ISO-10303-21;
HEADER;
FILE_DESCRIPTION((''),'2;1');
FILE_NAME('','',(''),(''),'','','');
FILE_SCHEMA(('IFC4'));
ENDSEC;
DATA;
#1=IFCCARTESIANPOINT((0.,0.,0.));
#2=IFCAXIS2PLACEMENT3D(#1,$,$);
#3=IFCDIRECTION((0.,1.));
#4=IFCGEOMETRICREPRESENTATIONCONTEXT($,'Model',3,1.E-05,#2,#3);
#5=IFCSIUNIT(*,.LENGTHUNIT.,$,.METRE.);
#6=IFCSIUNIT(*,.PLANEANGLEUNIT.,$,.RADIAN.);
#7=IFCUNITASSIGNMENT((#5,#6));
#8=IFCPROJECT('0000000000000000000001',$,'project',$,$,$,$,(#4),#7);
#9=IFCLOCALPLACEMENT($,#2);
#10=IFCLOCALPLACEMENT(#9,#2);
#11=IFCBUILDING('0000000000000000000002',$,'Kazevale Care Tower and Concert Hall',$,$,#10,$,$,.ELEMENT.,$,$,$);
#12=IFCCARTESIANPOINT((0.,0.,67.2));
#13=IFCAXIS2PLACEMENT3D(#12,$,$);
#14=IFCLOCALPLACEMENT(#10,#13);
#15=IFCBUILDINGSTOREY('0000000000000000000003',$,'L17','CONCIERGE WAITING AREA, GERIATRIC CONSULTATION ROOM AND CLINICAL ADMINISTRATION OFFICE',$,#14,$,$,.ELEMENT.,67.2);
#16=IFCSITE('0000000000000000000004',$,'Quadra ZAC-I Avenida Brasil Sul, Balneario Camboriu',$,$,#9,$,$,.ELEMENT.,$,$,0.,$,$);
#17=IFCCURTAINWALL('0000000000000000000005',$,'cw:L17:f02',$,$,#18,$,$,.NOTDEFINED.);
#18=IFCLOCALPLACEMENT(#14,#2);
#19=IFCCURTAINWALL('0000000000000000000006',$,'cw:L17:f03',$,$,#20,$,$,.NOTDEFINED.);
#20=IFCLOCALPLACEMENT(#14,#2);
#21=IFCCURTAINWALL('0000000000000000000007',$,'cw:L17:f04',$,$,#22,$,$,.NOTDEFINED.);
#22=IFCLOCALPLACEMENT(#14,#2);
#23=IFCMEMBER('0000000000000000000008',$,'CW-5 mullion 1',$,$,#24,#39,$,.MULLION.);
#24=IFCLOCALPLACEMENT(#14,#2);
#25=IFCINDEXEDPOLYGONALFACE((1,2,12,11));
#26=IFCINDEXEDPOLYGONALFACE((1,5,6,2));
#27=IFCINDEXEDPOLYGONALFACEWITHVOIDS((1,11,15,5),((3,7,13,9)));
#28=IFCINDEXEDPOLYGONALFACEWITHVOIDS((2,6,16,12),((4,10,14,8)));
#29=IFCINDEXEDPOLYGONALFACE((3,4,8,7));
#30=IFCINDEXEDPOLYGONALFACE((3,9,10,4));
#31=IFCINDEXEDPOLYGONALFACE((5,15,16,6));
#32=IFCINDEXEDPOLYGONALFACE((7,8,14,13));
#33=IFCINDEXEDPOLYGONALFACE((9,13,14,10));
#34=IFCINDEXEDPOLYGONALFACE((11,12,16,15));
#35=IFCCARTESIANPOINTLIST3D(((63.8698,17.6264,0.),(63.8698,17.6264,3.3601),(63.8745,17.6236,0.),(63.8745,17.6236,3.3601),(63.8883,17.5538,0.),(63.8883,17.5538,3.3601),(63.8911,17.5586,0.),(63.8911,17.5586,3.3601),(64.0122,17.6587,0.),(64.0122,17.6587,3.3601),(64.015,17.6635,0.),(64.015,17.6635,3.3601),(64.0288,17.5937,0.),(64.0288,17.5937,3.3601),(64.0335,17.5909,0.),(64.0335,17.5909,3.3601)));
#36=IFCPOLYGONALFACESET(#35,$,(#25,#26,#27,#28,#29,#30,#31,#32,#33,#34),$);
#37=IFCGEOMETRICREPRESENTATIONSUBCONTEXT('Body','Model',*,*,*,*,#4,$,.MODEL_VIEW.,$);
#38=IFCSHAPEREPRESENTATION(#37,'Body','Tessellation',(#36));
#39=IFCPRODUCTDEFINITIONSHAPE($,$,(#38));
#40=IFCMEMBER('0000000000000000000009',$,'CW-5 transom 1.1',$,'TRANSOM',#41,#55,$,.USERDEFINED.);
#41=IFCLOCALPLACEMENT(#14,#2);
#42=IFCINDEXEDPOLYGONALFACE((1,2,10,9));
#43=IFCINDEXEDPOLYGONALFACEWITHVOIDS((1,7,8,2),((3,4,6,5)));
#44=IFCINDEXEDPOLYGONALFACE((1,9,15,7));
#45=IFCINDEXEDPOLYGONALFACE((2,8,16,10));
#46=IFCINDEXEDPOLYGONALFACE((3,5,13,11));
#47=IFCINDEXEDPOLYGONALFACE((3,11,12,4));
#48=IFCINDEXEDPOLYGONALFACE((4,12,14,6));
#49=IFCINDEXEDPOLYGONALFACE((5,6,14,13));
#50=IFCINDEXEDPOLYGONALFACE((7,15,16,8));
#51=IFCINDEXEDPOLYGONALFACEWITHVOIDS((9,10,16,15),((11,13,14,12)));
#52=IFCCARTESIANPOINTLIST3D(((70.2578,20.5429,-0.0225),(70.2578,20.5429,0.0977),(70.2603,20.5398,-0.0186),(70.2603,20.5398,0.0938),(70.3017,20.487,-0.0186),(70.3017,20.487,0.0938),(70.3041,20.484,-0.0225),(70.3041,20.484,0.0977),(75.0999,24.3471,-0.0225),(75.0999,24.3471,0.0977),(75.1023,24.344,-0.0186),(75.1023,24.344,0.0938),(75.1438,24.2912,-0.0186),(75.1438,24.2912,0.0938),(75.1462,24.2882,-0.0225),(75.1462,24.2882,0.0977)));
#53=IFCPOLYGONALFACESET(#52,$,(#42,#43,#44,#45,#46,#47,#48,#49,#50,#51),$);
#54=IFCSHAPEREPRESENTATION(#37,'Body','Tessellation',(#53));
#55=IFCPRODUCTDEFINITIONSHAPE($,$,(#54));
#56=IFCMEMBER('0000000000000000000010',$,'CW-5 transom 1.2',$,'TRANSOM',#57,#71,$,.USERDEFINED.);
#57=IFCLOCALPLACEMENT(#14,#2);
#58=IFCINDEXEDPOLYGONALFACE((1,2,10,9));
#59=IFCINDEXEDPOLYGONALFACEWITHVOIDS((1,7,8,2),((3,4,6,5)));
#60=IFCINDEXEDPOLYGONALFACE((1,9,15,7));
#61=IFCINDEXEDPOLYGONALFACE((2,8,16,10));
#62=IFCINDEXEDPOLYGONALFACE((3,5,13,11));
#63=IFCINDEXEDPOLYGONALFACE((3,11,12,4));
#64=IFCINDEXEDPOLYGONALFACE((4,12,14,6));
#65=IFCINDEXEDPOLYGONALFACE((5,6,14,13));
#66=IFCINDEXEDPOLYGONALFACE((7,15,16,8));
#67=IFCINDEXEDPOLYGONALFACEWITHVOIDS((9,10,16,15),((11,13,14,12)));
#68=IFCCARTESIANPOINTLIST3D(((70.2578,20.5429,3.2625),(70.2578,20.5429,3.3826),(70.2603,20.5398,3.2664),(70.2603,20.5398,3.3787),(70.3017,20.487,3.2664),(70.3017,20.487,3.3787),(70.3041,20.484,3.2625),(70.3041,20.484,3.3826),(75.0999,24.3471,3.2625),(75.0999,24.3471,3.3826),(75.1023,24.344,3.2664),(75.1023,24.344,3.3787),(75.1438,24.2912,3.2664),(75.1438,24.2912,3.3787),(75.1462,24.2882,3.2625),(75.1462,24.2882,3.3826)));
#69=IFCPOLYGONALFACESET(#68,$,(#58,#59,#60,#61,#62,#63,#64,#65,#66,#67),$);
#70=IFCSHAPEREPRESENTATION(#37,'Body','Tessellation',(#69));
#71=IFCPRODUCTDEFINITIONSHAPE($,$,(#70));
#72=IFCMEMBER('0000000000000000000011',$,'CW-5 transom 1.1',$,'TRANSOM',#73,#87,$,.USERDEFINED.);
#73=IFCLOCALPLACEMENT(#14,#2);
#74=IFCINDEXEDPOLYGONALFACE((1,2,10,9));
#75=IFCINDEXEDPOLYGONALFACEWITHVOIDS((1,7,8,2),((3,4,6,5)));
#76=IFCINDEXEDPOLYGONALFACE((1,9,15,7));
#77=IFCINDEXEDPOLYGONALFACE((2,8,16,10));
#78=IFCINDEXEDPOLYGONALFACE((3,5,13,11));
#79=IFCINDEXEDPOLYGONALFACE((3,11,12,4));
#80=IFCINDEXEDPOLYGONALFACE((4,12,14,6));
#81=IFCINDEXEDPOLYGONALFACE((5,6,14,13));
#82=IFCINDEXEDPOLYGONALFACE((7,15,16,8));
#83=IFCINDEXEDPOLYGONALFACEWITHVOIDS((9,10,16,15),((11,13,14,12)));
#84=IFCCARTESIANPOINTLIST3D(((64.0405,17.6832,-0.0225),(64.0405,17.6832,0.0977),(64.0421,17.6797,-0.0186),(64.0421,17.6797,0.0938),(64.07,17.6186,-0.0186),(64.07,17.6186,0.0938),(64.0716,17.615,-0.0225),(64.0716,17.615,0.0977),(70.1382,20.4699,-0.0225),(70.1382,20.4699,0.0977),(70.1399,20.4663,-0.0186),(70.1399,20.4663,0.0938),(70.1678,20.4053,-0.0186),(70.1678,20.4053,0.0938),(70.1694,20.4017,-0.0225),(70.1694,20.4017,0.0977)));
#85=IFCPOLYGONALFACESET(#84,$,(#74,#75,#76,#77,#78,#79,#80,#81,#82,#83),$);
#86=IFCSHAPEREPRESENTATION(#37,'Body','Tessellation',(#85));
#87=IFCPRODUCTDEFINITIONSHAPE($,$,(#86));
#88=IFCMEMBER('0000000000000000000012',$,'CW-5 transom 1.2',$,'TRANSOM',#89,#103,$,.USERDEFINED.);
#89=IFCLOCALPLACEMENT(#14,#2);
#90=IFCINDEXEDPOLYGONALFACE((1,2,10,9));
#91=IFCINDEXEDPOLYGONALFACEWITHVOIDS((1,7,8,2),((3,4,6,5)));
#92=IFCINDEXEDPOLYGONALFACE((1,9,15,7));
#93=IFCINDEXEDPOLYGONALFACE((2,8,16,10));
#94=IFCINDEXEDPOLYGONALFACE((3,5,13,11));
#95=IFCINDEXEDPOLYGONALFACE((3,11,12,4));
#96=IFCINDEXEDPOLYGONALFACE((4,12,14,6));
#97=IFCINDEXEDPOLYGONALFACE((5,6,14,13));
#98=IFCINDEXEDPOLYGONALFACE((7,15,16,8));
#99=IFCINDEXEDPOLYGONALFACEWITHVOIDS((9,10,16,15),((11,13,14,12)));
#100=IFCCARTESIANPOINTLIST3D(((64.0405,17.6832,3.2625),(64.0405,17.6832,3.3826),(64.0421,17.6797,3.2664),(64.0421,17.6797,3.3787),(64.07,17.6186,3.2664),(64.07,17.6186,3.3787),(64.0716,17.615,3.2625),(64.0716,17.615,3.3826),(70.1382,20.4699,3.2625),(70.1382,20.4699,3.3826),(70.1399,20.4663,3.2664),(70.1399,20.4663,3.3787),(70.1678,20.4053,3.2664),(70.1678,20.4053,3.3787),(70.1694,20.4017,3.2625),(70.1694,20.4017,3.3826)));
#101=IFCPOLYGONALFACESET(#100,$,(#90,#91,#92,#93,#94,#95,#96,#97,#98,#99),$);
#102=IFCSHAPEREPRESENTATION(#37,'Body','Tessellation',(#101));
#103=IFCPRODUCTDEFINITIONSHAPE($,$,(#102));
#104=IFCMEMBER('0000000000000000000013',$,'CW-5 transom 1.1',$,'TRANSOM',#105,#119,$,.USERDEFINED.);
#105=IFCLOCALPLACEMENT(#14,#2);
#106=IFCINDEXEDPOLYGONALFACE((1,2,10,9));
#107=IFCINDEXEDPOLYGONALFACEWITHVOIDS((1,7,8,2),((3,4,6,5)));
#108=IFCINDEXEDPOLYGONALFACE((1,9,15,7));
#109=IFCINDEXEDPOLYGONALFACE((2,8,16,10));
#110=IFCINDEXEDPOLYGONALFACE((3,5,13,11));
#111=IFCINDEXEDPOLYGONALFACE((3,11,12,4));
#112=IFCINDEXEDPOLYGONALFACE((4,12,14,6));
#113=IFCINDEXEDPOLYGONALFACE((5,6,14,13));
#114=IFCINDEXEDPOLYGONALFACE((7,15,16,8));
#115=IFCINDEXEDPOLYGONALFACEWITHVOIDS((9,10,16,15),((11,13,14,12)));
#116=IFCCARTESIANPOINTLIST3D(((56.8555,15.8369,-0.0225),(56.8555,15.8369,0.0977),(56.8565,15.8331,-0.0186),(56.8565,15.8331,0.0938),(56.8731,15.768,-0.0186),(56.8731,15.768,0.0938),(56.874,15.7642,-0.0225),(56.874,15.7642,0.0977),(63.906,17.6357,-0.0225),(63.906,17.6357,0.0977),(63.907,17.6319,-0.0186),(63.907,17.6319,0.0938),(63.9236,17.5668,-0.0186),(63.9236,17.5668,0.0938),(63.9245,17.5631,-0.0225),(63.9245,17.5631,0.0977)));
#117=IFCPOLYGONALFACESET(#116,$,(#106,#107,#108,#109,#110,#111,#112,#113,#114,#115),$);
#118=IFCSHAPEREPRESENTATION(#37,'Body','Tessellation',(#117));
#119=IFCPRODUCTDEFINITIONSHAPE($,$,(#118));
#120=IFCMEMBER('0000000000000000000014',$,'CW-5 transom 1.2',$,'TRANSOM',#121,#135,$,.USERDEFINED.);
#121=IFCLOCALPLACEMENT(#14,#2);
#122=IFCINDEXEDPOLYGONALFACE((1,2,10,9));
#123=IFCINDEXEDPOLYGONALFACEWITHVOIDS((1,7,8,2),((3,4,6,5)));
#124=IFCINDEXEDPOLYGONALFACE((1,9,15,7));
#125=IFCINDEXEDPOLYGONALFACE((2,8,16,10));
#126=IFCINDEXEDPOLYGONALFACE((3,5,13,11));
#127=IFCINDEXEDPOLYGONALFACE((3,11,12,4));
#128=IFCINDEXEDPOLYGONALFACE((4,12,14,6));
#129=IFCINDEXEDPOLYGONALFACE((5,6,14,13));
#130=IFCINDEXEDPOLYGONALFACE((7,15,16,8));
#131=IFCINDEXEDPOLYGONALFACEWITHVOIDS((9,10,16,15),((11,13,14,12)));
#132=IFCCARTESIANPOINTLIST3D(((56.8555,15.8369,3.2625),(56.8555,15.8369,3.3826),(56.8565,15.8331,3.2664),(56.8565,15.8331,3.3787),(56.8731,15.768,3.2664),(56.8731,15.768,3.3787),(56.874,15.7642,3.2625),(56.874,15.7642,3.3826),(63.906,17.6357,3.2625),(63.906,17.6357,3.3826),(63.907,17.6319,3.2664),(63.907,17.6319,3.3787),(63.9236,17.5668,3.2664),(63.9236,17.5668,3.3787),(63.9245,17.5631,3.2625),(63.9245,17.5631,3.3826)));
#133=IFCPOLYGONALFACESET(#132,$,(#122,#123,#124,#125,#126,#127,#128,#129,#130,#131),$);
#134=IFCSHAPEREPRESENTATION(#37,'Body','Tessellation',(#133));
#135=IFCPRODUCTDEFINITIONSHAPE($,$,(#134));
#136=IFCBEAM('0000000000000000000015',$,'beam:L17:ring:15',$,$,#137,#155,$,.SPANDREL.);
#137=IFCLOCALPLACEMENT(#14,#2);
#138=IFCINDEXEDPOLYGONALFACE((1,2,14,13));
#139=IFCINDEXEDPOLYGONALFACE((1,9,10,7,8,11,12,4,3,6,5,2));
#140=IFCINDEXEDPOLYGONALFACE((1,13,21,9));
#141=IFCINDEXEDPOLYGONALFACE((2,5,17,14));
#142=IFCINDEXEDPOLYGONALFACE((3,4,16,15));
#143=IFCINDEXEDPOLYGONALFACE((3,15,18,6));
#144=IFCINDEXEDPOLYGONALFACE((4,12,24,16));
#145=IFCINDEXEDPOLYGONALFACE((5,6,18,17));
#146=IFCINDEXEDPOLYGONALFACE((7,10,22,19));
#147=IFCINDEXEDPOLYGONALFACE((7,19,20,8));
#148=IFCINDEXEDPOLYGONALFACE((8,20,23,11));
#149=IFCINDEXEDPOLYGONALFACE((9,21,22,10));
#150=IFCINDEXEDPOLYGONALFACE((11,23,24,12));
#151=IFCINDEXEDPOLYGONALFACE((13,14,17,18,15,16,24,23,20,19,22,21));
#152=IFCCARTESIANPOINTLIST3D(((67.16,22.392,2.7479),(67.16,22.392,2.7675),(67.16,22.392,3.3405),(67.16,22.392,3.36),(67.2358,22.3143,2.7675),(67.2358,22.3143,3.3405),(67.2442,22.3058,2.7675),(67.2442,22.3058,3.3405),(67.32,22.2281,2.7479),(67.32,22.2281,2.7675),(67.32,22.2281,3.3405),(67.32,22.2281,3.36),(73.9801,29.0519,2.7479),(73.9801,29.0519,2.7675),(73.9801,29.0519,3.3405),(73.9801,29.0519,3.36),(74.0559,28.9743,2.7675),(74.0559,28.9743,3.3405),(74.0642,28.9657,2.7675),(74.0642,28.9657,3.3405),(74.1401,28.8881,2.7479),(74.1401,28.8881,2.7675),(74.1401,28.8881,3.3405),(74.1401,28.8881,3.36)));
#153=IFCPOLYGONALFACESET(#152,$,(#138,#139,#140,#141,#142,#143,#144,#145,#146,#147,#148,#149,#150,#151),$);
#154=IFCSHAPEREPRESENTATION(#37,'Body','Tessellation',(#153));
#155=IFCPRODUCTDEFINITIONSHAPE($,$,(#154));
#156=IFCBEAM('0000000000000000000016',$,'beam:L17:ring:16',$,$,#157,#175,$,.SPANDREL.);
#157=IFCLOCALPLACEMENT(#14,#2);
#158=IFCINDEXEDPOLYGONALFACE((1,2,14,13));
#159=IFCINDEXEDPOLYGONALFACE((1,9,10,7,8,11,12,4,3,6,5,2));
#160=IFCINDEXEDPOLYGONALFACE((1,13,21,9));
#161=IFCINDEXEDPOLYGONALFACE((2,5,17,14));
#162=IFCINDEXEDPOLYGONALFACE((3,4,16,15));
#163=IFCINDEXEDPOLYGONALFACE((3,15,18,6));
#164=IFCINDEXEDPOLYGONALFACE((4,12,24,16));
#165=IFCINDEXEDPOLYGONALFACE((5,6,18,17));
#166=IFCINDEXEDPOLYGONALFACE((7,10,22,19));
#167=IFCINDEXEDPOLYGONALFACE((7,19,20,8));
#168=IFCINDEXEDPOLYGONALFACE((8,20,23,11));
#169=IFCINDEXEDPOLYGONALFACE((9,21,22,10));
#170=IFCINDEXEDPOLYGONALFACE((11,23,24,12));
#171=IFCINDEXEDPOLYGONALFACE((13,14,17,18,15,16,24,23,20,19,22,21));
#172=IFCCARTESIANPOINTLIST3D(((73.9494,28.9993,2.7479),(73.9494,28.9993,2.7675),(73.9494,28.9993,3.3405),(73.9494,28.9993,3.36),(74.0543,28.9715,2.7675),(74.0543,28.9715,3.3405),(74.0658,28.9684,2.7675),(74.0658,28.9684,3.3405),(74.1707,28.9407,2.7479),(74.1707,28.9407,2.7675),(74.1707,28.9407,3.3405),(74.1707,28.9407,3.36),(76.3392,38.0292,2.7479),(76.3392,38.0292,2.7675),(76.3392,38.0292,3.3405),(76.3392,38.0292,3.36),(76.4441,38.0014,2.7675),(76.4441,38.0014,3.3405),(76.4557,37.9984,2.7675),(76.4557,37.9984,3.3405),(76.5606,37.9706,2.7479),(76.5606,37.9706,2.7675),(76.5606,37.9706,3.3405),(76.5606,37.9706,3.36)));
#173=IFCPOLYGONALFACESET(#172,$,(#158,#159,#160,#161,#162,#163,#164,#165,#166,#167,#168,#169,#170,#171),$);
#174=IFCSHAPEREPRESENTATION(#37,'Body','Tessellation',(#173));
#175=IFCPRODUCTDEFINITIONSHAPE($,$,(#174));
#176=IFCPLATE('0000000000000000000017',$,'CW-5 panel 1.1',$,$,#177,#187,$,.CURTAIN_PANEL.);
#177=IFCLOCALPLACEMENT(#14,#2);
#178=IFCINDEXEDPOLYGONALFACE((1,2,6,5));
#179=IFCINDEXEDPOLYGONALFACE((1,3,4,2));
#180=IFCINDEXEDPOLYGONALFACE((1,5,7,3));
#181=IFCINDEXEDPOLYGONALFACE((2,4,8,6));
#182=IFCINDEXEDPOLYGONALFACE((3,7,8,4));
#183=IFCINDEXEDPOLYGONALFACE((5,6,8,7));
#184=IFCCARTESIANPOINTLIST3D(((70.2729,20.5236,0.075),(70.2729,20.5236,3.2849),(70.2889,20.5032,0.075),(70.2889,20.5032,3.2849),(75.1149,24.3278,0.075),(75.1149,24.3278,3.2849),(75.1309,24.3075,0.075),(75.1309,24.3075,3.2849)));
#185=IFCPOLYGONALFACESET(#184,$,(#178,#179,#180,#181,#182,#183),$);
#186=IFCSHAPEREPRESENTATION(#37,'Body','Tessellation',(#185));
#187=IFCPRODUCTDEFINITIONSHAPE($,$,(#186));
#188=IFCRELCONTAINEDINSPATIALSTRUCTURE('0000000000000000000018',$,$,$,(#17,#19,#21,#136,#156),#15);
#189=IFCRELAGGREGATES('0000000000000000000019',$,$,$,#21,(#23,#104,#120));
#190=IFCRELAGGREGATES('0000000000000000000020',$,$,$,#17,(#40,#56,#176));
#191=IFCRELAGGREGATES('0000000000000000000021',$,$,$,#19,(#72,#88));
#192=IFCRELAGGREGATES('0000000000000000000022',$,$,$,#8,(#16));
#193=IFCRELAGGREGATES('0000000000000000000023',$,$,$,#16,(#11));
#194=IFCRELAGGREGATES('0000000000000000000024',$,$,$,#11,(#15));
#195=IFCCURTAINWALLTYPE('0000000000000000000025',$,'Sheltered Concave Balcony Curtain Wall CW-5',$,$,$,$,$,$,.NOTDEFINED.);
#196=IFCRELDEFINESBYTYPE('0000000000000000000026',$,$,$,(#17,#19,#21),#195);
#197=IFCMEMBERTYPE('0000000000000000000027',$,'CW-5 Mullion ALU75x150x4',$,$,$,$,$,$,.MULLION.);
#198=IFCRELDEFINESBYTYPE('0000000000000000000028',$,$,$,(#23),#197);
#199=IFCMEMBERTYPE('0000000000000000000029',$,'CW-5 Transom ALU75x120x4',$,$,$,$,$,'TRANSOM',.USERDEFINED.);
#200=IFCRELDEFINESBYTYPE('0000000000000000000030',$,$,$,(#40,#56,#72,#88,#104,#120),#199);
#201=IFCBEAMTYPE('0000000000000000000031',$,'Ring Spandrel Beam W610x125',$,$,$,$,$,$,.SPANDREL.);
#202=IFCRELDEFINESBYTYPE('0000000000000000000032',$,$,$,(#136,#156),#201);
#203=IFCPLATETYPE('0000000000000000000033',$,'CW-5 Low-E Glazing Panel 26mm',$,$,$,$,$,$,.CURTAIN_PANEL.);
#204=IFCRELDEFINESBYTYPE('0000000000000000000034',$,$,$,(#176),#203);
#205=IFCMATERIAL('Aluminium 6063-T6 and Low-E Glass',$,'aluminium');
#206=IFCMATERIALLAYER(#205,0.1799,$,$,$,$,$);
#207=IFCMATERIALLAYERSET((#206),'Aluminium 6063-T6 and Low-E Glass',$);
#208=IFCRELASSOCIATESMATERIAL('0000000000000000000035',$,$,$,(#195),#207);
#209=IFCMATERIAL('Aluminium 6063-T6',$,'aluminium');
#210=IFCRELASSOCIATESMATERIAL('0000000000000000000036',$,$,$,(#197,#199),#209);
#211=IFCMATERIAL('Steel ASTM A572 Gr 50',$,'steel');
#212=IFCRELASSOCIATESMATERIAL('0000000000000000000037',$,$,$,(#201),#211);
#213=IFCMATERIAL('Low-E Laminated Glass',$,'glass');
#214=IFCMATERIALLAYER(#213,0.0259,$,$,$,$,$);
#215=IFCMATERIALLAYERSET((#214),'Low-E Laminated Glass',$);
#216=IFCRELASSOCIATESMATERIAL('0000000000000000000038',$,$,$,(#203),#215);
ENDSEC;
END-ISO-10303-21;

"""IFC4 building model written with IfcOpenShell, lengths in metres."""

from ifc_helpers import new_model, si_unit, direction, frame, origin, origin_2d, place, context, subcontext, project, spatial, rectangle, hollow_rectangle, i_section, extrude, material, layer, layer_set, material_profile, profile_set, type_object, element, aggregate, save


model = new_model("IFC4")

# Units and contexts
model_context = context("Model", 3, precision=1e-05, world=origin(), true_north=direction((0.0, 1.0)))
body_context = subcontext(model_context, "Body", "Model", "MODEL_VIEW")
ifc_project = project(units=[si_unit("LENGTHUNIT", "METRE"), si_unit("PLANEANGLEUNIT", "RADIAN")], contexts=[model_context])

# Site, building, storey
site_placement = place(None, origin())
site = spatial("IfcSite", under=ifc_project, at=site_placement, Name="Quadra ZAC-I Avenida Brasil Sul, Balneario Camboriu", CompositionType="ELEMENT", RefElevation=0.0)
building_placement = place(site_placement, origin())
building = spatial("IfcBuilding", under=site, at=building_placement, Name="Kazevale Care Tower and Concert Hall", CompositionType="ELEMENT")
storey_placement = place(building_placement, frame((0.0, 0.0, 67.2)))
storey = spatial("IfcBuildingStorey", under=building, at=storey_placement, Name="L17", Description="CONCIERGE WAITING AREA, GERIATRIC CONSULTATION ROOM AND CLINICAL ADMINISTRATION OFFICE", CompositionType="ELEMENT", Elevation=67.2)

# Shared definitions
ifc_material_1 = material(Name="Aluminium 6063-T6 and Low-E Glass", Category="aluminium")
ifc_material_2 = material(Name="Aluminium 6063-T6", Category="aluminium")

# Curtain walls
ifc_layer_1 = layer(ifc_material_1, 0.1799)
ifc_layer_set_1 = layer_set([ifc_layer_1], Name="Aluminium 6063-T6 and Low-E Glass")
curtain_wall_type_1 = type_object("IfcCurtainWallType", Name="Sheltered Concave Balcony Curtain Wall CW-5", PredefinedType="NOTDEFINED", material=ifc_layer_set_1)
curtain_wall_1_placement = place(storey_placement, origin())
curtain_wall_1 = element("IfcCurtainWall", 1, at=curtain_wall_1_placement, inside=storey, type_object=curtain_wall_type_1, Name="cw:L17:f02", PredefinedType="NOTDEFINED")
ifc_material_profile_1 = material_profile(ifc_material_2, hollow_rectangle(XDim=0.075, YDim=0.1499, WallThickness=0.0039, at=origin_2d()), Name="ALU75x150x4")
ifc_profile_set_1 = profile_set([ifc_material_profile_1], Name="Aluminium 6063-T6")
member_type_1 = type_object("IfcMemberType", Name="CW-5 Mullion ALU75x150x4", PredefinedType="MULLION", material=ifc_profile_set_1)
curtain_wall_2_placement = place(storey_placement, origin())
curtain_wall_2 = element("IfcCurtainWall", 2, at=curtain_wall_2_placement, inside=storey, type_object=curtain_wall_type_1, Name="cw:L17:f03", PredefinedType="NOTDEFINED")

# Curtain wall, member
curtain_wall_3_placement = place(storey_placement, origin())
curtain_wall_3 = element("IfcCurtainWall", 3, at=curtain_wall_3_placement, inside=storey, type_object=curtain_wall_type_1, Name="cw:L17:f04", PredefinedType="NOTDEFINED")
member_1_placement = place(storey_placement, frame((63.9517, 17.6086, 0.0), z_axis=(0.0, 0.0, 1.0), x_axis=(0.247222, -0.968959, 0.0)))
member_1 = element("IfcMember", 4, at=member_1_placement, type_object=member_type_1, Name="CW-5 mullion 1", PredefinedType="MULLION", context=body_context, shape_type="SweptSolid", body=[
    extrude(hollow_rectangle(XDim=0.075, YDim=0.1499, WallThickness=0.0039, at=origin_2d()), origin(), (0.0, 0.0, 1.0), 3.3601),
])

# Members
ifc_material_profile_2 = material_profile(ifc_material_2, hollow_rectangle(XDim=0.075, YDim=0.1201, WallThickness=0.0039, at=origin_2d()), Name="ALU75x120x4")
ifc_profile_set_2 = profile_set([ifc_material_profile_2], Name="Aluminium 6063-T6")
member_type_2 = type_object("IfcMemberType", Name="CW-5 Transom ALU75x120x4", ElementType="TRANSOM", PredefinedType="USERDEFINED", material=ifc_profile_set_2)
member_2_placement = place(storey_placement, frame((75.123, 24.3176, 0.0376), z_axis=(-0.786339, -0.617795, 0.0), x_axis=(0.617795, -0.786339, 0.0)))
member_2 = element("IfcMember", 5, at=member_2_placement, type_object=member_type_2, Name="CW-5 transom 1.1", ObjectType="TRANSOM", PredefinedType="USERDEFINED", context=body_context, shape_type="SweptSolid", body=[
    extrude(hollow_rectangle(XDim=0.075, YDim=0.1201, WallThickness=0.0039, at=origin_2d()), origin(), (0.0, 0.0, 1.0), 6.1577),
])
member_3_placement = place(storey_placement, frame((75.123, 24.3176, 3.3225), z_axis=(-0.786339, -0.617795, 0.0), x_axis=(0.617795, -0.786339, 0.0)))
member_3 = element("IfcMember", 6, at=member_3_placement, type_object=member_type_2, Name="CW-5 transom 1.2", ObjectType="TRANSOM", PredefinedType="USERDEFINED", context=body_context, shape_type="SweptSolid", body=[
    extrude(hollow_rectangle(XDim=0.075, YDim=0.1201, WallThickness=0.0039, at=origin_2d()), origin(), (0.0, 0.0, 1.0), 6.1577),
])
member_4_placement = place(storey_placement, frame((70.1538, 20.4358, 0.0376), z_axis=(-0.909524, -0.415651, 0.0), x_axis=(0.415651, -0.909524, 0.0)))
member_4 = element("IfcMember", 7, at=member_4_placement, type_object=member_type_2, Name="CW-5 transom 1.1", ObjectType="TRANSOM", PredefinedType="USERDEFINED", context=body_context, shape_type="SweptSolid", body=[
    extrude(hollow_rectangle(XDim=0.075, YDim=0.1201, WallThickness=0.0039, at=origin_2d()), origin(), (0.0, 0.0, 1.0), 6.7043),
])
member_5_placement = place(storey_placement, frame((70.1538, 20.4358, 3.3225), z_axis=(-0.909524, -0.415651, 0.0), x_axis=(0.415651, -0.909524, 0.0)))
member_5 = element("IfcMember", 8, at=member_5_placement, type_object=member_type_2, Name="CW-5 transom 1.2", ObjectType="TRANSOM", PredefinedType="USERDEFINED", context=body_context, shape_type="SweptSolid", body=[
    extrude(hollow_rectangle(XDim=0.075, YDim=0.1201, WallThickness=0.0039, at=origin_2d()), origin(), (0.0, 0.0, 1.0), 6.7043),
])
member_6_placement = place(storey_placement, frame((63.9153, 17.5994, 0.0376), z_axis=(-0.968961, -0.247214, 0.0), x_axis=(0.247214, -0.968961, 0.0)))
member_6 = element("IfcMember", 9, at=member_6_placement, type_object=member_type_2, Name="CW-5 transom 1.1", ObjectType="TRANSOM", PredefinedType="USERDEFINED", context=body_context, shape_type="SweptSolid", body=[
    extrude(hollow_rectangle(XDim=0.075, YDim=0.1201, WallThickness=0.0039, at=origin_2d()), origin(), (0.0, 0.0, 1.0), 7.2764),
])
member_7_placement = place(storey_placement, frame((63.9153, 17.5994, 3.3225), z_axis=(-0.968961, -0.247214, 0.0), x_axis=(0.247214, -0.968961, 0.0)))
member_7 = element("IfcMember", 10, at=member_7_placement, type_object=member_type_2, Name="CW-5 transom 1.2", ObjectType="TRANSOM", PredefinedType="USERDEFINED", context=body_context, shape_type="SweptSolid", body=[
    extrude(hollow_rectangle(XDim=0.075, YDim=0.1201, WallThickness=0.0039, at=origin_2d()), origin(), (0.0, 0.0, 1.0), 7.2764),
])
aggregate(curtain_wall_3, [member_1, member_6, member_7])

# Beams
ifc_material_3 = material(Name="Steel ASTM A572 Gr 50", Category="steel")
ifc_material_profile_3 = material_profile(ifc_material_3, i_section(OverallWidth=0.229, OverallDepth=0.6121, WebThickness=0.012, FlangeThickness=0.0195, at=origin_2d()), Name="W610x125")
ifc_profile_set_3 = profile_set([ifc_material_profile_3], Name="Steel ASTM A572 Gr 50")
beam_type = type_object("IfcBeamType", Name="Ring Spandrel Beam W610x125", PredefinedType="SPANDREL", material=ifc_profile_set_3)
beam_1_placement = place(storey_placement, frame((67.24, 22.3101, 3.054), z_axis=(0.715457, 0.698656, 0.0), x_axis=(-0.698656, 0.715457, 0.0)))
element("IfcBeam", 11, at=beam_1_placement, inside=storey, type_object=beam_type, Name="beam:L17:ring:15", PredefinedType="SPANDREL", context=body_context, shape_type="SweptSolid", body=[
    extrude(i_section(OverallWidth=0.229, OverallDepth=0.6121, WebThickness=0.012, FlangeThickness=0.0195, at=origin_2d()), origin(), (0.0, 0.0, 1.0), 9.5325),
])
beam_2_placement = place(storey_placement, frame((74.0601, 28.97, 3.054), z_axis=(0.255852, 0.966716, 0.0), x_axis=(-0.966716, 0.255852, 0.0)))
element("IfcBeam", 12, at=beam_2_placement, inside=storey, type_object=beam_type, Name="beam:L17:ring:16", PredefinedType="SPANDREL", context=body_context, shape_type="SweptSolid", body=[
    extrude(i_section(OverallWidth=0.229, OverallDepth=0.6121, WebThickness=0.012, FlangeThickness=0.0195, at=origin_2d()), origin(), (0.0, 0.0, 1.0), 9.3408),
])

# Plate
ifc_material_4 = material(Name="Low-E Laminated Glass", Category="glass")
ifc_layer_2 = layer(ifc_material_4, 0.0259)
ifc_layer_set_2 = layer_set([ifc_layer_2], Name="Low-E Laminated Glass")
plate_type = type_object("IfcPlateType", Name="CW-5 Low-E Glazing Panel 26mm", PredefinedType="CURTAIN_PANEL", material=ifc_layer_set_2)
plate_1_placement = place(storey_placement, frame((72.7019, 22.4155, 0.075), z_axis=(0.0, 0.0, 1.0), x_axis=(-0.786329, -0.617808, 0.0)))
plate_1 = element("IfcPlate", 13, at=plate_1_placement, type_object=plate_type, Name="CW-5 panel 1.1", PredefinedType="CURTAIN_PANEL", context=body_context, shape_type="SweptSolid", body=[
    extrude(rectangle(XDim=6.1577, YDim=0.0259, at=origin_2d()), origin(), (0.0, 0.0, 1.0), 3.21),
])
aggregate(curtain_wall_1, [member_2, member_3, plate_1])
aggregate(curtain_wall_2, [member_4, member_5])

save(model, "model.ifc")
